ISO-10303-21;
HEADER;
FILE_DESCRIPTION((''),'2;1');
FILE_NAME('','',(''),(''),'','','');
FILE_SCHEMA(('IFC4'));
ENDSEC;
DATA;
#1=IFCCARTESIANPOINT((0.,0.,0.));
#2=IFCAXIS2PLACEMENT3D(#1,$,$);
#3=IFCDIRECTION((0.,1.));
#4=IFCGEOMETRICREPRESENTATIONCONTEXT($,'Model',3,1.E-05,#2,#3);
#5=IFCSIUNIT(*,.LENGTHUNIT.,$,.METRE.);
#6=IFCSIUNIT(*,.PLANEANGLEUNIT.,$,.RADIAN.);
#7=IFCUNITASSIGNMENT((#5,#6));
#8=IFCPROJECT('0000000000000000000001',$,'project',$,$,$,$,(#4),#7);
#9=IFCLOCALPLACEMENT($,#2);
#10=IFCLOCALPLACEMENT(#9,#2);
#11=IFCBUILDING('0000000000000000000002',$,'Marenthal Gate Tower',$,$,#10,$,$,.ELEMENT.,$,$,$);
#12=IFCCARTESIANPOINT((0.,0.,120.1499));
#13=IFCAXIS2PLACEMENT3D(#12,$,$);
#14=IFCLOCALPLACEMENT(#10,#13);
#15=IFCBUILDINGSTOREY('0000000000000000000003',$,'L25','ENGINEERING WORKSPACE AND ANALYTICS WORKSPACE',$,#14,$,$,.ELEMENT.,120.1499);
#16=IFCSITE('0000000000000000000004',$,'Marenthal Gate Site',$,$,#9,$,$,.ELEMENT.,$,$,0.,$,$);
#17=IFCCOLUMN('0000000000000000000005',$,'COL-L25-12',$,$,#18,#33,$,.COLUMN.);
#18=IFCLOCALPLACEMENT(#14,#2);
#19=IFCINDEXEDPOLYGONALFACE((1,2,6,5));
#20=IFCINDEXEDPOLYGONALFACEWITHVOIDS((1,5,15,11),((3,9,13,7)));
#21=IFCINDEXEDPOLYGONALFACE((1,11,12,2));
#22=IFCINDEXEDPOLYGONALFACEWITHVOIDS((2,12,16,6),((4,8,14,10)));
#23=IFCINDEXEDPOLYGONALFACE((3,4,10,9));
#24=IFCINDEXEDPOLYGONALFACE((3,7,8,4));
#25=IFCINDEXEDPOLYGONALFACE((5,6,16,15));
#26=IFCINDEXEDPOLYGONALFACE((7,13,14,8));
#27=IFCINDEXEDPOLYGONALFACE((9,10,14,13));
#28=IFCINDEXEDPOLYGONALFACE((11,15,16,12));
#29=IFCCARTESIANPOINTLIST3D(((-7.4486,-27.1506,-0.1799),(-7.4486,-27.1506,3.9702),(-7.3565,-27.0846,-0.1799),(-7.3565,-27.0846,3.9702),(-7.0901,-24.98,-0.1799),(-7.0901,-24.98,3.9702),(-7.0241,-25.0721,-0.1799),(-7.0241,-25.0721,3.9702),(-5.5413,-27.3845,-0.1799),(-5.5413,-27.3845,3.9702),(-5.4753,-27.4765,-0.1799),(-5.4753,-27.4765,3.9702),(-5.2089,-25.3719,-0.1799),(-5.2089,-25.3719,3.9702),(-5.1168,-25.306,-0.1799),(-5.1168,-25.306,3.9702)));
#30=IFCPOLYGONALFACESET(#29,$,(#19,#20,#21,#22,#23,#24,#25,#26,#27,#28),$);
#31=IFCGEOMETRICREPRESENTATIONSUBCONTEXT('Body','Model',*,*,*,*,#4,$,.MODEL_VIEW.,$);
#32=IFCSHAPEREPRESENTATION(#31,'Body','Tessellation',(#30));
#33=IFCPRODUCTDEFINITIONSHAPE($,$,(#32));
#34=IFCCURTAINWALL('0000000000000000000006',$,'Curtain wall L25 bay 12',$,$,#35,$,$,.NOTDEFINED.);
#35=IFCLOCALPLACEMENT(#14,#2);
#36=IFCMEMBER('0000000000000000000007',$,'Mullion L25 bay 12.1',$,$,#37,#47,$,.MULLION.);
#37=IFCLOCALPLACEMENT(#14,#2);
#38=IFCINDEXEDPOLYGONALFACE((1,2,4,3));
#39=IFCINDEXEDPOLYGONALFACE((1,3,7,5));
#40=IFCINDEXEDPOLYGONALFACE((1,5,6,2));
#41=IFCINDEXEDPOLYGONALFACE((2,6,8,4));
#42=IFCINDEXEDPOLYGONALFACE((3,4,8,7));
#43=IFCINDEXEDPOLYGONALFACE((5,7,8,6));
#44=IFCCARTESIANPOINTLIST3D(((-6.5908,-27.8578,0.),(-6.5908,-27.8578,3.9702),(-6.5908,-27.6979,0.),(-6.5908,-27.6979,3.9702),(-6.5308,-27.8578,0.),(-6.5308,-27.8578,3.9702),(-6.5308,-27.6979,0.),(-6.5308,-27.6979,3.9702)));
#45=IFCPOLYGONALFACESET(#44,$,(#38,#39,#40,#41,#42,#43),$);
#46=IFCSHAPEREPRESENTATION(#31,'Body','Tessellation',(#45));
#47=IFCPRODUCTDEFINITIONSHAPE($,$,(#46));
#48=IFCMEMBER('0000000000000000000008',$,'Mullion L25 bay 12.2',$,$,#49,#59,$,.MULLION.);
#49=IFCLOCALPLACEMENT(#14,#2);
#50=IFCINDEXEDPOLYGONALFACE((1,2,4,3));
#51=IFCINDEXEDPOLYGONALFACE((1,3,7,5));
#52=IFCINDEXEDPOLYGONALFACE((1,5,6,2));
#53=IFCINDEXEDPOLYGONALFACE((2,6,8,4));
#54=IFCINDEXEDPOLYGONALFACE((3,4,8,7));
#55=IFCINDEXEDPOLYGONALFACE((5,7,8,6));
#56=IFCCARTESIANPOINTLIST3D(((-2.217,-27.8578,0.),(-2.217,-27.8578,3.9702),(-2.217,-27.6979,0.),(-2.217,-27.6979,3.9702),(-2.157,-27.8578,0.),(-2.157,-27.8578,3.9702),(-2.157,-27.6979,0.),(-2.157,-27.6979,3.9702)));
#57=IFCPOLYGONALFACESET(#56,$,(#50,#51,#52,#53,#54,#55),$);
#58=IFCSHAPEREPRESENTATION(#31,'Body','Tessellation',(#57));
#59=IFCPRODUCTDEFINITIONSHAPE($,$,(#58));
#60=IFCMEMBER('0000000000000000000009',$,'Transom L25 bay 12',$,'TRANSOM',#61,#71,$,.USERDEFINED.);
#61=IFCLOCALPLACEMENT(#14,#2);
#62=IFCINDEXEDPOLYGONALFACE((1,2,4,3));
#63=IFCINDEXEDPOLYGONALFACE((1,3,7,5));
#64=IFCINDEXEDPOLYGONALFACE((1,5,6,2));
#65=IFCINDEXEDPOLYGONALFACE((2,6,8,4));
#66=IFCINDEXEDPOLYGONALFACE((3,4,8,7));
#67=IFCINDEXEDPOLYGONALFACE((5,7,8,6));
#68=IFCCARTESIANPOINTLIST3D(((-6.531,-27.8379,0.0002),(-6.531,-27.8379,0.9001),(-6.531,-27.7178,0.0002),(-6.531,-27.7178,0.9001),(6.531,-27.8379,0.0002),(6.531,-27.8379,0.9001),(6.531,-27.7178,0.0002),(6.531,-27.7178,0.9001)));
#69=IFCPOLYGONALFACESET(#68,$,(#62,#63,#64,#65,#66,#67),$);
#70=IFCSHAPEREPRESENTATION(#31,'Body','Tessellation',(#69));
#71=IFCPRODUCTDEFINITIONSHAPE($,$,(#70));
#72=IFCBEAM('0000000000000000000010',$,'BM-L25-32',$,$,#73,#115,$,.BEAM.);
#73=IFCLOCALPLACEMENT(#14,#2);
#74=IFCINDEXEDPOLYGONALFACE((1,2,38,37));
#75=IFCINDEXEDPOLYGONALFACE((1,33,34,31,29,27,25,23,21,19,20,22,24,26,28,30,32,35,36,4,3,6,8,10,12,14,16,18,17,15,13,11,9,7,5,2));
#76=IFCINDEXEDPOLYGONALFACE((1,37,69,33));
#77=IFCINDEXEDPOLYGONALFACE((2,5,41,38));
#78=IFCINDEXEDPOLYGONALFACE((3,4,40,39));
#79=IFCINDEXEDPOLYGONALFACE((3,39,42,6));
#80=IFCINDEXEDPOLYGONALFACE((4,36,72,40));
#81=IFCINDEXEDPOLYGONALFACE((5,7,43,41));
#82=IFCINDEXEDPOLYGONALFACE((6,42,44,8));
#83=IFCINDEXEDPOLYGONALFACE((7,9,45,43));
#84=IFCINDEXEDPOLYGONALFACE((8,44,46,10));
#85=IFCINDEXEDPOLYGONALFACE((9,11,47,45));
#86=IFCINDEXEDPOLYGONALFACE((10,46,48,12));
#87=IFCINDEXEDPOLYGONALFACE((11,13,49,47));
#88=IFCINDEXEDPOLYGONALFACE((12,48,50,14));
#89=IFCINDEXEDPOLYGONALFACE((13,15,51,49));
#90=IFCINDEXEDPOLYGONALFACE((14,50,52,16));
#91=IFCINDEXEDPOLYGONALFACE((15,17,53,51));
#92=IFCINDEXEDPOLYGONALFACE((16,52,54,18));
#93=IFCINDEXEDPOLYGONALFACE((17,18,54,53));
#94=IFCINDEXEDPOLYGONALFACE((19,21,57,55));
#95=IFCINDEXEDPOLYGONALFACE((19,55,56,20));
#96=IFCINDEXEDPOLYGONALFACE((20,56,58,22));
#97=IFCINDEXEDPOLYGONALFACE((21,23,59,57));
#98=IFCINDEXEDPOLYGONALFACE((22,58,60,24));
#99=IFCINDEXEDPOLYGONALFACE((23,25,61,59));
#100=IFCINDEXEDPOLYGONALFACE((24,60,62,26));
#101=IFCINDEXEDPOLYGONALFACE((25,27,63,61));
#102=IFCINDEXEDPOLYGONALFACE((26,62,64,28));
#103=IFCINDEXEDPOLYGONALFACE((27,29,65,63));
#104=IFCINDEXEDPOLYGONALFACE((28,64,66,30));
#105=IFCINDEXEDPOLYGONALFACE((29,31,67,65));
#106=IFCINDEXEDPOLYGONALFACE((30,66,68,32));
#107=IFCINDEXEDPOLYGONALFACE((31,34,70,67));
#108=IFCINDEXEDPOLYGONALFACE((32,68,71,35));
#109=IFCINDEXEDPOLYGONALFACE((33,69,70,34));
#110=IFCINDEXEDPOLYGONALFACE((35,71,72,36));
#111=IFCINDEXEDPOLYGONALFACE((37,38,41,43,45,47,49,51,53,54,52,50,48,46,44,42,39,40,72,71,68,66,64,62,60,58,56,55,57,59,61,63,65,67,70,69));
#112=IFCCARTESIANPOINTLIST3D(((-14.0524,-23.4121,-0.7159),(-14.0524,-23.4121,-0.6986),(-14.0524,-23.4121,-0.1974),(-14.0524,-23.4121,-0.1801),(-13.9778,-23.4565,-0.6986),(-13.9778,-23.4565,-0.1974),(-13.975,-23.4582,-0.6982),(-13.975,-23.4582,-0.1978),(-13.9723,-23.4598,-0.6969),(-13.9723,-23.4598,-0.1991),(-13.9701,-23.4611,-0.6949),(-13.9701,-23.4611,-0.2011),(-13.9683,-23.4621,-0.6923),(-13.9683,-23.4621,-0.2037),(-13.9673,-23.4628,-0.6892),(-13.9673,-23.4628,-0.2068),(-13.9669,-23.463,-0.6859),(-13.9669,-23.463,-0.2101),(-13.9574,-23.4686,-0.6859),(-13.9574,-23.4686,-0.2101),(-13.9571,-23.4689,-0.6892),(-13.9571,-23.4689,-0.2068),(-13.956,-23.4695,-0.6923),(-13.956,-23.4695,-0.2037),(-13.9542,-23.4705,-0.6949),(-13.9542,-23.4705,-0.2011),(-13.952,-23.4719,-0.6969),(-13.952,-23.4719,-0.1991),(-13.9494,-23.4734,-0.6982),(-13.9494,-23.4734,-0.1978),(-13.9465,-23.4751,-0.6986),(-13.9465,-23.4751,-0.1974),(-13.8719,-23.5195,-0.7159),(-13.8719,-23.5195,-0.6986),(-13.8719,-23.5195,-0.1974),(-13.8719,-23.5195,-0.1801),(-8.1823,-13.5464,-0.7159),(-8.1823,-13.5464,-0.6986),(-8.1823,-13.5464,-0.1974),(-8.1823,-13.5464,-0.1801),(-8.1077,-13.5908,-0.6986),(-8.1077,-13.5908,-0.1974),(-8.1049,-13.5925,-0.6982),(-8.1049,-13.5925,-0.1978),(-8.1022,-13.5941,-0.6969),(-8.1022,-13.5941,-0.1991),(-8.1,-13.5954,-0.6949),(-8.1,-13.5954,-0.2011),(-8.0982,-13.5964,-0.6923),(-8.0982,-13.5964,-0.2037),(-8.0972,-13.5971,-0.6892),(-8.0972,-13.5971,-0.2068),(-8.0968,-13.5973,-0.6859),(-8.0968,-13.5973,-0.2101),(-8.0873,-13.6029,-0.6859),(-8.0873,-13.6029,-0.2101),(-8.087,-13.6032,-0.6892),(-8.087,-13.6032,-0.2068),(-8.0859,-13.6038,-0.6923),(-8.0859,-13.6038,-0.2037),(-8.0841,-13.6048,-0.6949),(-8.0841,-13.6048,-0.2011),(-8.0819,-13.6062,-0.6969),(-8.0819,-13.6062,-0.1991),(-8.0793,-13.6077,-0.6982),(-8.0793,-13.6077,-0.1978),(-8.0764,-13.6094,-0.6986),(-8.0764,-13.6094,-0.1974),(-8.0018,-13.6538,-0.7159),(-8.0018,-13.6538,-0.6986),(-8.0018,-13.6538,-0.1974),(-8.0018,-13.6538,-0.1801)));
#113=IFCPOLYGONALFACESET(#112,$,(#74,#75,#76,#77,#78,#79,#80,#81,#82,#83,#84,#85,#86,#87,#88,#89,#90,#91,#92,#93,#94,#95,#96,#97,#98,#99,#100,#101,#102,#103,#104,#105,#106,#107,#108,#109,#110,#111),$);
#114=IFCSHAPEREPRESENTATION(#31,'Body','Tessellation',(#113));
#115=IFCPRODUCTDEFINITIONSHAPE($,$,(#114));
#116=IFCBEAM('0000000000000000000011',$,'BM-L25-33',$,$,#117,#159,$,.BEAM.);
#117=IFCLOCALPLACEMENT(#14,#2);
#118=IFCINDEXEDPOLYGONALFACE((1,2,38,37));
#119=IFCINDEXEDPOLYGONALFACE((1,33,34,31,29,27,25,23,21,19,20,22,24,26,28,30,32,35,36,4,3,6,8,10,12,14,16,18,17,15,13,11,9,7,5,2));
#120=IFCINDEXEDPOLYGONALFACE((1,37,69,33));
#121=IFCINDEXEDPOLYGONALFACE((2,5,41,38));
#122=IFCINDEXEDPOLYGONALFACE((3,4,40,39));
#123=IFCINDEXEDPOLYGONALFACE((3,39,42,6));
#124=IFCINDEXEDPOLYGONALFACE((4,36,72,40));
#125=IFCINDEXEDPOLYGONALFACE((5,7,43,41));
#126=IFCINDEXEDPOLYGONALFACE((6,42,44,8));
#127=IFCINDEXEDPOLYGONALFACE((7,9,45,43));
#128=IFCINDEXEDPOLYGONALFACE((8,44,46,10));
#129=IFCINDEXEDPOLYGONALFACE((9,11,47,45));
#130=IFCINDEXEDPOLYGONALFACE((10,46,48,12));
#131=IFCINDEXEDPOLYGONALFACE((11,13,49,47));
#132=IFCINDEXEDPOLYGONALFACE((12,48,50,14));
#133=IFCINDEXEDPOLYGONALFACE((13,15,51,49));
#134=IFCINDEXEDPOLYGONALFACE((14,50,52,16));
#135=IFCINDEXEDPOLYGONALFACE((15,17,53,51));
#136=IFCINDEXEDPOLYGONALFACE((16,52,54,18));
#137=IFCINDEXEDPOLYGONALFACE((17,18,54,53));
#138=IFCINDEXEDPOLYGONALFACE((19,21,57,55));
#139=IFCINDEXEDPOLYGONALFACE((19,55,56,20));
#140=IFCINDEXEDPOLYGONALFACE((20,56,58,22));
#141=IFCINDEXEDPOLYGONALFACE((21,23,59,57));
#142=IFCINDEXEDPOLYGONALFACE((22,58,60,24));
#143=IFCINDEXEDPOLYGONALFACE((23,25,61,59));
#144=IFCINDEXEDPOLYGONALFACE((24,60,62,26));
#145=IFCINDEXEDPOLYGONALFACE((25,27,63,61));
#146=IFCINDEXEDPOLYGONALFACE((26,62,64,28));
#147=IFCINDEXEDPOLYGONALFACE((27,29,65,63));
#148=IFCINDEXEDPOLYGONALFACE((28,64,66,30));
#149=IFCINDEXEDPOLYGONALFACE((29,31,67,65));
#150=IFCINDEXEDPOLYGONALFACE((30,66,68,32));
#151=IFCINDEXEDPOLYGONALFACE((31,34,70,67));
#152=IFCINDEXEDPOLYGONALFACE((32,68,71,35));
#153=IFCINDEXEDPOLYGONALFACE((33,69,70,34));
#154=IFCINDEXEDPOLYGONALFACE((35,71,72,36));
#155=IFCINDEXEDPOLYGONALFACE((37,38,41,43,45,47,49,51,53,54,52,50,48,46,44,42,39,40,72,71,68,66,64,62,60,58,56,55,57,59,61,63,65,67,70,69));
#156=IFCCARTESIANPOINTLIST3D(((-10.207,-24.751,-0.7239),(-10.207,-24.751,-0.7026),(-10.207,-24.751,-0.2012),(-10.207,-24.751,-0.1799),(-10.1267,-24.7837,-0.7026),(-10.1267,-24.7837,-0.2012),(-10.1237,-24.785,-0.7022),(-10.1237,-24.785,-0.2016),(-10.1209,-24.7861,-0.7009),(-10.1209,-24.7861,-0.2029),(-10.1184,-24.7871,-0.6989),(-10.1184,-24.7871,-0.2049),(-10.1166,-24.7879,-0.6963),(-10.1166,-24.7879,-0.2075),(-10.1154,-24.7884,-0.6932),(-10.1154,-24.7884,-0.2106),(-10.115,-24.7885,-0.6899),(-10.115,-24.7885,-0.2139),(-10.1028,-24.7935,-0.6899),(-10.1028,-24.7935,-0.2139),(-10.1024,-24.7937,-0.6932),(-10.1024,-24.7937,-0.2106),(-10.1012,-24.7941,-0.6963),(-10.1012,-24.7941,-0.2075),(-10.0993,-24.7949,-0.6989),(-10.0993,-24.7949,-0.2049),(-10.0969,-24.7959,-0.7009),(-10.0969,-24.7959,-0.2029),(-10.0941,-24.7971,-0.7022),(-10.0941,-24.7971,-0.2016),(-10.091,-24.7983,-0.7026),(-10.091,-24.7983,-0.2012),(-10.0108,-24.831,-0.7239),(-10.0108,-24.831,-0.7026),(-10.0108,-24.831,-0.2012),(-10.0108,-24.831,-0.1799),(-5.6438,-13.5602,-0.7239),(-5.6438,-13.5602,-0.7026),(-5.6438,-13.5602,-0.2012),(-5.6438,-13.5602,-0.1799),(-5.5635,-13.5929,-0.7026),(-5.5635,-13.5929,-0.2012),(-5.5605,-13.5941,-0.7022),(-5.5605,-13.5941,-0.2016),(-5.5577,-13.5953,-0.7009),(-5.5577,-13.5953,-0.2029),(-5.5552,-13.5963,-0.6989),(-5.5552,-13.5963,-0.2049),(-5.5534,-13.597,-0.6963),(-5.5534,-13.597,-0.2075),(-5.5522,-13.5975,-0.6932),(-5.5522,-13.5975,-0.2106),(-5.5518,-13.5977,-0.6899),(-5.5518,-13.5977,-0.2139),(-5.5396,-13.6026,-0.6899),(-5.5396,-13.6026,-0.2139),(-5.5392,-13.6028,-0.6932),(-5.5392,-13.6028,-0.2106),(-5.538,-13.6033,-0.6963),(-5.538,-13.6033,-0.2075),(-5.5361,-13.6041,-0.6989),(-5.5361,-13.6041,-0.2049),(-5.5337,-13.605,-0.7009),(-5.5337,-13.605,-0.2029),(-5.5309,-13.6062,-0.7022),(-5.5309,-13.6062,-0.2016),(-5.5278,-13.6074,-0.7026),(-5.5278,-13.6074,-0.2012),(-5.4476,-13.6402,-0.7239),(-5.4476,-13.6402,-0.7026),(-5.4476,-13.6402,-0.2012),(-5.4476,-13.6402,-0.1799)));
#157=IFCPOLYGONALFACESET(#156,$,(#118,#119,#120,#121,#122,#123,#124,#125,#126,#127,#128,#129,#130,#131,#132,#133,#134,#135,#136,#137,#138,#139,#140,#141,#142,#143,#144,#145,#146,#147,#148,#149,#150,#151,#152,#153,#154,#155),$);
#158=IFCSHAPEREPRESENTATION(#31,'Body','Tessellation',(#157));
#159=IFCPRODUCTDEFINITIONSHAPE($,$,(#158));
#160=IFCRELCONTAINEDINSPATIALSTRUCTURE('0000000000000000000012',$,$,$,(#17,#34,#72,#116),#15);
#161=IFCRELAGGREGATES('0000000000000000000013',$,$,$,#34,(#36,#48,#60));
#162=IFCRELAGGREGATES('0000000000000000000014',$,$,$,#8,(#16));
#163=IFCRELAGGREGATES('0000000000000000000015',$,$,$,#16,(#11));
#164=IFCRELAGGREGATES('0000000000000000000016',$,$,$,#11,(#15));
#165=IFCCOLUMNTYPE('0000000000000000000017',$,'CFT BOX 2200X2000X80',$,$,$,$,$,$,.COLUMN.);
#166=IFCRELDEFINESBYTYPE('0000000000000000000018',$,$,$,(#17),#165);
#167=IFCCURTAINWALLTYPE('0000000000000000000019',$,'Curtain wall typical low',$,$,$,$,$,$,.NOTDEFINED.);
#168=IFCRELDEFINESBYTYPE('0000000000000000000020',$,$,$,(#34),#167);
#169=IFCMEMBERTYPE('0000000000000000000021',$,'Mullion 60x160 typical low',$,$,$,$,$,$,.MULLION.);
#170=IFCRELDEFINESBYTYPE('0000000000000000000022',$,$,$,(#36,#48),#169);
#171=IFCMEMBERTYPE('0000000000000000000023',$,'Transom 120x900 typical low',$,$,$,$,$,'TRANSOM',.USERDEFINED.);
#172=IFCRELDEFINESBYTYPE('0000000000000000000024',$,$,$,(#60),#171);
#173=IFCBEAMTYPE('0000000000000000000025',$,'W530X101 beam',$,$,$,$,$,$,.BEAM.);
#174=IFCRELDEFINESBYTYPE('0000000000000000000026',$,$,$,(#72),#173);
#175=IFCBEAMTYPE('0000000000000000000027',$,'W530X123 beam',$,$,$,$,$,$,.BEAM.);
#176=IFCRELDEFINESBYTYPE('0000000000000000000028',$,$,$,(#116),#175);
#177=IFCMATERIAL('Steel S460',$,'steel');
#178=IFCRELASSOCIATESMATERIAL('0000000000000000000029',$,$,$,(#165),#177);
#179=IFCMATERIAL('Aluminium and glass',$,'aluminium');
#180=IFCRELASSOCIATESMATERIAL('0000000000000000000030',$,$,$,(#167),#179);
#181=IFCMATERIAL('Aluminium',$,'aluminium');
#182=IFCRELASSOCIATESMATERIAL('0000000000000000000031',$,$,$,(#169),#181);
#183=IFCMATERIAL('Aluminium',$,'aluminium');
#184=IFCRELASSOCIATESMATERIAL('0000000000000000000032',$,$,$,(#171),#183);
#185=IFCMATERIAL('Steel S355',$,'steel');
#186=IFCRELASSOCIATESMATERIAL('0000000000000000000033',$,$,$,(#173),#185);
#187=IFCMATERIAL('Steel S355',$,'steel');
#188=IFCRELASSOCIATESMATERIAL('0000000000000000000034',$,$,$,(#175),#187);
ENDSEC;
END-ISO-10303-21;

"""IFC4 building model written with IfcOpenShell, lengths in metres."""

from ifc_helpers import new_model, si_unit, direction, frame, origin, origin_2d, place, context, subcontext, project, spatial, rectangle, hollow_rectangle, i_section, extrude, material, material_profile, profile_set, type_object, element, aggregate, save


model = new_model("IFC4")

# Units and contexts
model_context = context("Model", 3, precision=1e-05, world=origin(), true_north=direction((0.0, 1.0)))
body_context = subcontext(model_context, "Body", "Model", "MODEL_VIEW")
ifc_project = project(units=[si_unit("LENGTHUNIT", "METRE"), si_unit("PLANEANGLEUNIT", "RADIAN")], contexts=[model_context])

# Site, building, storey
site_placement = place(None, origin())
site = spatial("IfcSite", under=ifc_project, at=site_placement, Name="Marenthal Gate Site", CompositionType="ELEMENT", RefElevation=0.0)
building_placement = place(site_placement, origin())
building = spatial("IfcBuilding", under=site, at=building_placement, Name="Marenthal Gate Tower", CompositionType="ELEMENT")
storey_placement = place(building_placement, frame((0.0, 0.0, 120.1499)))
storey = spatial("IfcBuildingStorey", under=building, at=storey_placement, Name="L25", Description="ENGINEERING WORKSPACE AND ANALYTICS WORKSPACE", CompositionType="ELEMENT", Elevation=120.1499)

# Column
ifc_material_1 = material(Name="Steel S460", Category="steel")
ifc_material_profile_1 = material_profile(ifc_material_1, hollow_rectangle(XDim=2.0, YDim=2.2, WallThickness=0.0801, at=origin_2d()), Name="CFT BOX 2200X2000X80")
ifc_material_2 = material(Name="Concrete 70 MPa", Category="concrete")
ifc_material_profile_2 = material_profile(ifc_material_2, rectangle(XDim=1.8401, YDim=2.04, at=origin_2d()), Name="CFT BOX 2200X2000X80 INFILL")
ifc_profile_set_1 = profile_set([ifc_material_profile_1, ifc_material_profile_2], Name="Steel S460 shell, Concrete 70 MPa infill")
column_type = type_object("IfcColumnType", Name="CFT BOX 2200X2000X80", PredefinedType="COLUMN", material=ifc_profile_set_1)
column_placement = place(storey_placement, frame((-6.2827, -26.2283, -0.1799), z_axis=(0.0, 0.0, 1.0), x_axis=(-0.986631, 0.162968, 0.0)))
element("IfcColumn", 1, at=column_placement, inside=storey, type_object=column_type, Name="COL-L25-12", PredefinedType="COLUMN", context=body_context, shape_type="SweptSolid", body=[
    extrude(hollow_rectangle(XDim=2.0, YDim=2.2, WallThickness=0.0801, at=origin_2d()), origin(), (0.0, 0.0, 1.0), 4.1501),
])

# Curtain wall, members
ifc_material_3 = material(Name="Aluminium and glass", Category="aluminium")
curtain_wall_type = type_object("IfcCurtainWallType", Name="Curtain wall typical low", PredefinedType="NOTDEFINED", material=ifc_material_3)
curtain_wall_placement = place(storey_placement, origin())
curtain_wall = element("IfcCurtainWall", 2, at=curtain_wall_placement, inside=storey, type_object=curtain_wall_type, Name="Curtain wall L25 bay 12", PredefinedType="NOTDEFINED")
ifc_material_4 = material(Name="Aluminium", Category="aluminium")
ifc_material_profile_3 = material_profile(ifc_material_4, rectangle(XDim=0.1599, YDim=0.0601, at=origin_2d()), Name="60x160 aluminium mullion")
ifc_profile_set_2 = profile_set([ifc_material_profile_3], Name="Aluminium")
member_type_1 = type_object("IfcMemberType", Name="Mullion 60x160 typical low", PredefinedType="MULLION", material=ifc_profile_set_2)
member_1_placement = place(storey_placement, frame((-6.5608, -27.7778, 0.0), z_axis=(0.0, 0.0, 1.0), x_axis=(0.0, 1.0, 0.0)))
member_1 = element("IfcMember", 3, at=member_1_placement, type_object=member_type_1, Name="Mullion L25 bay 12.1", PredefinedType="MULLION", context=body_context, shape_type="SweptSolid", body=[
    extrude(rectangle(XDim=0.1599, YDim=0.0601, at=origin_2d()), origin(), (0.0, 0.0, 1.0), 3.9702),
])
member_2_placement = place(storey_placement, frame((-2.187, -27.7778, 0.0), z_axis=(0.0, 0.0, 1.0), x_axis=(0.0, 1.0, 0.0)))
member_2 = element("IfcMember", 4, at=member_2_placement, type_object=member_type_1, Name="Mullion L25 bay 12.2", PredefinedType="MULLION", context=body_context, shape_type="SweptSolid", body=[
    extrude(rectangle(XDim=0.1599, YDim=0.0601, at=origin_2d()), origin(), (0.0, 0.0, 1.0), 3.9702),
])
ifc_material_5 = material(Name="Aluminium", Category="aluminium")
ifc_material_profile_4 = material_profile(ifc_material_5, rectangle(XDim=0.1201, YDim=0.8999, at=origin_2d()), Name="120x900 aluminium transom")
ifc_profile_set_3 = profile_set([ifc_material_profile_4], Name="Aluminium")
member_type_2 = type_object("IfcMemberType", Name="Transom 120x900 typical low", ElementType="TRANSOM", PredefinedType="USERDEFINED", material=ifc_profile_set_3)
member_3_placement = place(storey_placement, frame((-6.531, -27.7778, 0.4502), z_axis=(1.0, 0.0, 0.0), x_axis=(0.0, 1.0, 0.0)))
member_3 = element("IfcMember", 5, at=member_3_placement, type_object=member_type_2, Name="Transom L25 bay 12", ObjectType="TRANSOM", PredefinedType="USERDEFINED", context=body_context, shape_type="SweptSolid", body=[
    extrude(rectangle(XDim=0.1201, YDim=0.8999, at=origin_2d()), origin(), (0.0, 0.0, 1.0), 13.062),
])

# Beams
ifc_material_6 = material(Name="Steel S355", Category="steel")
ifc_material_profile_5 = material_profile(ifc_material_6, i_section(OverallWidth=0.21, OverallDepth=0.5359, WebThickness=0.011, FlangeThickness=0.0173, FilletRadius=0.0127, at=origin_2d()), Name="W530X101")
ifc_profile_set_4 = profile_set([ifc_material_profile_5], Name="Steel S355")
beam_type_1 = type_object("IfcBeamType", Name="W530X101 beam", PredefinedType="BEAM", material=ifc_profile_set_4)
beam_1_placement = place(storey_placement, frame((-13.9622, -23.4658, -0.448), z_axis=(0.511334, 0.859382, 0.0), x_axis=(-0.859382, 0.511334, 0.0)))
element("IfcBeam", 6, at=beam_1_placement, inside=storey, type_object=beam_type_1, Name="BM-L25-32", PredefinedType="BEAM", context=body_context, shape_type="SweptSolid", body=[
    extrude(i_section(OverallWidth=0.21, OverallDepth=0.5359, WebThickness=0.011, FlangeThickness=0.0173, FilletRadius=0.0127, at=origin_2d()), origin(), (0.0, 0.0, 1.0), 11.48),
])
ifc_material_7 = material(Name="Steel S355", Category="steel")
ifc_material_profile_6 = material_profile(ifc_material_7, i_section(OverallWidth=0.2119, OverallDepth=0.5439, WebThickness=0.0132, FlangeThickness=0.0212, FilletRadius=0.0127, at=origin_2d()), Name="W530X123")
ifc_profile_set_5 = profile_set([ifc_material_profile_6], Name="Steel S355")
beam_type_2 = type_object("IfcBeamType", Name="W530X123 beam", PredefinedType="BEAM", material=ifc_profile_set_5)
beam_2_placement = place(storey_placement, frame((-10.1089, -24.791, -0.4519), z_axis=(0.377579, 0.925978, 0.0), x_axis=(-0.925978, 0.377579, 0.0)))
element("IfcBeam", 7, at=beam_2_placement, inside=storey, type_object=beam_type_2, Name="BM-L25-33", PredefinedType="BEAM", context=body_context, shape_type="SweptSolid", body=[
    extrude(i_section(OverallWidth=0.2119, OverallDepth=0.5439, WebThickness=0.0132, FlangeThickness=0.0212, FilletRadius=0.0127, at=origin_2d()), origin(), (0.0, 0.0, 1.0), 12.0854),
])

aggregate(curtain_wall, [member_1, member_2, member_3])

save(model, "model.ifc")
